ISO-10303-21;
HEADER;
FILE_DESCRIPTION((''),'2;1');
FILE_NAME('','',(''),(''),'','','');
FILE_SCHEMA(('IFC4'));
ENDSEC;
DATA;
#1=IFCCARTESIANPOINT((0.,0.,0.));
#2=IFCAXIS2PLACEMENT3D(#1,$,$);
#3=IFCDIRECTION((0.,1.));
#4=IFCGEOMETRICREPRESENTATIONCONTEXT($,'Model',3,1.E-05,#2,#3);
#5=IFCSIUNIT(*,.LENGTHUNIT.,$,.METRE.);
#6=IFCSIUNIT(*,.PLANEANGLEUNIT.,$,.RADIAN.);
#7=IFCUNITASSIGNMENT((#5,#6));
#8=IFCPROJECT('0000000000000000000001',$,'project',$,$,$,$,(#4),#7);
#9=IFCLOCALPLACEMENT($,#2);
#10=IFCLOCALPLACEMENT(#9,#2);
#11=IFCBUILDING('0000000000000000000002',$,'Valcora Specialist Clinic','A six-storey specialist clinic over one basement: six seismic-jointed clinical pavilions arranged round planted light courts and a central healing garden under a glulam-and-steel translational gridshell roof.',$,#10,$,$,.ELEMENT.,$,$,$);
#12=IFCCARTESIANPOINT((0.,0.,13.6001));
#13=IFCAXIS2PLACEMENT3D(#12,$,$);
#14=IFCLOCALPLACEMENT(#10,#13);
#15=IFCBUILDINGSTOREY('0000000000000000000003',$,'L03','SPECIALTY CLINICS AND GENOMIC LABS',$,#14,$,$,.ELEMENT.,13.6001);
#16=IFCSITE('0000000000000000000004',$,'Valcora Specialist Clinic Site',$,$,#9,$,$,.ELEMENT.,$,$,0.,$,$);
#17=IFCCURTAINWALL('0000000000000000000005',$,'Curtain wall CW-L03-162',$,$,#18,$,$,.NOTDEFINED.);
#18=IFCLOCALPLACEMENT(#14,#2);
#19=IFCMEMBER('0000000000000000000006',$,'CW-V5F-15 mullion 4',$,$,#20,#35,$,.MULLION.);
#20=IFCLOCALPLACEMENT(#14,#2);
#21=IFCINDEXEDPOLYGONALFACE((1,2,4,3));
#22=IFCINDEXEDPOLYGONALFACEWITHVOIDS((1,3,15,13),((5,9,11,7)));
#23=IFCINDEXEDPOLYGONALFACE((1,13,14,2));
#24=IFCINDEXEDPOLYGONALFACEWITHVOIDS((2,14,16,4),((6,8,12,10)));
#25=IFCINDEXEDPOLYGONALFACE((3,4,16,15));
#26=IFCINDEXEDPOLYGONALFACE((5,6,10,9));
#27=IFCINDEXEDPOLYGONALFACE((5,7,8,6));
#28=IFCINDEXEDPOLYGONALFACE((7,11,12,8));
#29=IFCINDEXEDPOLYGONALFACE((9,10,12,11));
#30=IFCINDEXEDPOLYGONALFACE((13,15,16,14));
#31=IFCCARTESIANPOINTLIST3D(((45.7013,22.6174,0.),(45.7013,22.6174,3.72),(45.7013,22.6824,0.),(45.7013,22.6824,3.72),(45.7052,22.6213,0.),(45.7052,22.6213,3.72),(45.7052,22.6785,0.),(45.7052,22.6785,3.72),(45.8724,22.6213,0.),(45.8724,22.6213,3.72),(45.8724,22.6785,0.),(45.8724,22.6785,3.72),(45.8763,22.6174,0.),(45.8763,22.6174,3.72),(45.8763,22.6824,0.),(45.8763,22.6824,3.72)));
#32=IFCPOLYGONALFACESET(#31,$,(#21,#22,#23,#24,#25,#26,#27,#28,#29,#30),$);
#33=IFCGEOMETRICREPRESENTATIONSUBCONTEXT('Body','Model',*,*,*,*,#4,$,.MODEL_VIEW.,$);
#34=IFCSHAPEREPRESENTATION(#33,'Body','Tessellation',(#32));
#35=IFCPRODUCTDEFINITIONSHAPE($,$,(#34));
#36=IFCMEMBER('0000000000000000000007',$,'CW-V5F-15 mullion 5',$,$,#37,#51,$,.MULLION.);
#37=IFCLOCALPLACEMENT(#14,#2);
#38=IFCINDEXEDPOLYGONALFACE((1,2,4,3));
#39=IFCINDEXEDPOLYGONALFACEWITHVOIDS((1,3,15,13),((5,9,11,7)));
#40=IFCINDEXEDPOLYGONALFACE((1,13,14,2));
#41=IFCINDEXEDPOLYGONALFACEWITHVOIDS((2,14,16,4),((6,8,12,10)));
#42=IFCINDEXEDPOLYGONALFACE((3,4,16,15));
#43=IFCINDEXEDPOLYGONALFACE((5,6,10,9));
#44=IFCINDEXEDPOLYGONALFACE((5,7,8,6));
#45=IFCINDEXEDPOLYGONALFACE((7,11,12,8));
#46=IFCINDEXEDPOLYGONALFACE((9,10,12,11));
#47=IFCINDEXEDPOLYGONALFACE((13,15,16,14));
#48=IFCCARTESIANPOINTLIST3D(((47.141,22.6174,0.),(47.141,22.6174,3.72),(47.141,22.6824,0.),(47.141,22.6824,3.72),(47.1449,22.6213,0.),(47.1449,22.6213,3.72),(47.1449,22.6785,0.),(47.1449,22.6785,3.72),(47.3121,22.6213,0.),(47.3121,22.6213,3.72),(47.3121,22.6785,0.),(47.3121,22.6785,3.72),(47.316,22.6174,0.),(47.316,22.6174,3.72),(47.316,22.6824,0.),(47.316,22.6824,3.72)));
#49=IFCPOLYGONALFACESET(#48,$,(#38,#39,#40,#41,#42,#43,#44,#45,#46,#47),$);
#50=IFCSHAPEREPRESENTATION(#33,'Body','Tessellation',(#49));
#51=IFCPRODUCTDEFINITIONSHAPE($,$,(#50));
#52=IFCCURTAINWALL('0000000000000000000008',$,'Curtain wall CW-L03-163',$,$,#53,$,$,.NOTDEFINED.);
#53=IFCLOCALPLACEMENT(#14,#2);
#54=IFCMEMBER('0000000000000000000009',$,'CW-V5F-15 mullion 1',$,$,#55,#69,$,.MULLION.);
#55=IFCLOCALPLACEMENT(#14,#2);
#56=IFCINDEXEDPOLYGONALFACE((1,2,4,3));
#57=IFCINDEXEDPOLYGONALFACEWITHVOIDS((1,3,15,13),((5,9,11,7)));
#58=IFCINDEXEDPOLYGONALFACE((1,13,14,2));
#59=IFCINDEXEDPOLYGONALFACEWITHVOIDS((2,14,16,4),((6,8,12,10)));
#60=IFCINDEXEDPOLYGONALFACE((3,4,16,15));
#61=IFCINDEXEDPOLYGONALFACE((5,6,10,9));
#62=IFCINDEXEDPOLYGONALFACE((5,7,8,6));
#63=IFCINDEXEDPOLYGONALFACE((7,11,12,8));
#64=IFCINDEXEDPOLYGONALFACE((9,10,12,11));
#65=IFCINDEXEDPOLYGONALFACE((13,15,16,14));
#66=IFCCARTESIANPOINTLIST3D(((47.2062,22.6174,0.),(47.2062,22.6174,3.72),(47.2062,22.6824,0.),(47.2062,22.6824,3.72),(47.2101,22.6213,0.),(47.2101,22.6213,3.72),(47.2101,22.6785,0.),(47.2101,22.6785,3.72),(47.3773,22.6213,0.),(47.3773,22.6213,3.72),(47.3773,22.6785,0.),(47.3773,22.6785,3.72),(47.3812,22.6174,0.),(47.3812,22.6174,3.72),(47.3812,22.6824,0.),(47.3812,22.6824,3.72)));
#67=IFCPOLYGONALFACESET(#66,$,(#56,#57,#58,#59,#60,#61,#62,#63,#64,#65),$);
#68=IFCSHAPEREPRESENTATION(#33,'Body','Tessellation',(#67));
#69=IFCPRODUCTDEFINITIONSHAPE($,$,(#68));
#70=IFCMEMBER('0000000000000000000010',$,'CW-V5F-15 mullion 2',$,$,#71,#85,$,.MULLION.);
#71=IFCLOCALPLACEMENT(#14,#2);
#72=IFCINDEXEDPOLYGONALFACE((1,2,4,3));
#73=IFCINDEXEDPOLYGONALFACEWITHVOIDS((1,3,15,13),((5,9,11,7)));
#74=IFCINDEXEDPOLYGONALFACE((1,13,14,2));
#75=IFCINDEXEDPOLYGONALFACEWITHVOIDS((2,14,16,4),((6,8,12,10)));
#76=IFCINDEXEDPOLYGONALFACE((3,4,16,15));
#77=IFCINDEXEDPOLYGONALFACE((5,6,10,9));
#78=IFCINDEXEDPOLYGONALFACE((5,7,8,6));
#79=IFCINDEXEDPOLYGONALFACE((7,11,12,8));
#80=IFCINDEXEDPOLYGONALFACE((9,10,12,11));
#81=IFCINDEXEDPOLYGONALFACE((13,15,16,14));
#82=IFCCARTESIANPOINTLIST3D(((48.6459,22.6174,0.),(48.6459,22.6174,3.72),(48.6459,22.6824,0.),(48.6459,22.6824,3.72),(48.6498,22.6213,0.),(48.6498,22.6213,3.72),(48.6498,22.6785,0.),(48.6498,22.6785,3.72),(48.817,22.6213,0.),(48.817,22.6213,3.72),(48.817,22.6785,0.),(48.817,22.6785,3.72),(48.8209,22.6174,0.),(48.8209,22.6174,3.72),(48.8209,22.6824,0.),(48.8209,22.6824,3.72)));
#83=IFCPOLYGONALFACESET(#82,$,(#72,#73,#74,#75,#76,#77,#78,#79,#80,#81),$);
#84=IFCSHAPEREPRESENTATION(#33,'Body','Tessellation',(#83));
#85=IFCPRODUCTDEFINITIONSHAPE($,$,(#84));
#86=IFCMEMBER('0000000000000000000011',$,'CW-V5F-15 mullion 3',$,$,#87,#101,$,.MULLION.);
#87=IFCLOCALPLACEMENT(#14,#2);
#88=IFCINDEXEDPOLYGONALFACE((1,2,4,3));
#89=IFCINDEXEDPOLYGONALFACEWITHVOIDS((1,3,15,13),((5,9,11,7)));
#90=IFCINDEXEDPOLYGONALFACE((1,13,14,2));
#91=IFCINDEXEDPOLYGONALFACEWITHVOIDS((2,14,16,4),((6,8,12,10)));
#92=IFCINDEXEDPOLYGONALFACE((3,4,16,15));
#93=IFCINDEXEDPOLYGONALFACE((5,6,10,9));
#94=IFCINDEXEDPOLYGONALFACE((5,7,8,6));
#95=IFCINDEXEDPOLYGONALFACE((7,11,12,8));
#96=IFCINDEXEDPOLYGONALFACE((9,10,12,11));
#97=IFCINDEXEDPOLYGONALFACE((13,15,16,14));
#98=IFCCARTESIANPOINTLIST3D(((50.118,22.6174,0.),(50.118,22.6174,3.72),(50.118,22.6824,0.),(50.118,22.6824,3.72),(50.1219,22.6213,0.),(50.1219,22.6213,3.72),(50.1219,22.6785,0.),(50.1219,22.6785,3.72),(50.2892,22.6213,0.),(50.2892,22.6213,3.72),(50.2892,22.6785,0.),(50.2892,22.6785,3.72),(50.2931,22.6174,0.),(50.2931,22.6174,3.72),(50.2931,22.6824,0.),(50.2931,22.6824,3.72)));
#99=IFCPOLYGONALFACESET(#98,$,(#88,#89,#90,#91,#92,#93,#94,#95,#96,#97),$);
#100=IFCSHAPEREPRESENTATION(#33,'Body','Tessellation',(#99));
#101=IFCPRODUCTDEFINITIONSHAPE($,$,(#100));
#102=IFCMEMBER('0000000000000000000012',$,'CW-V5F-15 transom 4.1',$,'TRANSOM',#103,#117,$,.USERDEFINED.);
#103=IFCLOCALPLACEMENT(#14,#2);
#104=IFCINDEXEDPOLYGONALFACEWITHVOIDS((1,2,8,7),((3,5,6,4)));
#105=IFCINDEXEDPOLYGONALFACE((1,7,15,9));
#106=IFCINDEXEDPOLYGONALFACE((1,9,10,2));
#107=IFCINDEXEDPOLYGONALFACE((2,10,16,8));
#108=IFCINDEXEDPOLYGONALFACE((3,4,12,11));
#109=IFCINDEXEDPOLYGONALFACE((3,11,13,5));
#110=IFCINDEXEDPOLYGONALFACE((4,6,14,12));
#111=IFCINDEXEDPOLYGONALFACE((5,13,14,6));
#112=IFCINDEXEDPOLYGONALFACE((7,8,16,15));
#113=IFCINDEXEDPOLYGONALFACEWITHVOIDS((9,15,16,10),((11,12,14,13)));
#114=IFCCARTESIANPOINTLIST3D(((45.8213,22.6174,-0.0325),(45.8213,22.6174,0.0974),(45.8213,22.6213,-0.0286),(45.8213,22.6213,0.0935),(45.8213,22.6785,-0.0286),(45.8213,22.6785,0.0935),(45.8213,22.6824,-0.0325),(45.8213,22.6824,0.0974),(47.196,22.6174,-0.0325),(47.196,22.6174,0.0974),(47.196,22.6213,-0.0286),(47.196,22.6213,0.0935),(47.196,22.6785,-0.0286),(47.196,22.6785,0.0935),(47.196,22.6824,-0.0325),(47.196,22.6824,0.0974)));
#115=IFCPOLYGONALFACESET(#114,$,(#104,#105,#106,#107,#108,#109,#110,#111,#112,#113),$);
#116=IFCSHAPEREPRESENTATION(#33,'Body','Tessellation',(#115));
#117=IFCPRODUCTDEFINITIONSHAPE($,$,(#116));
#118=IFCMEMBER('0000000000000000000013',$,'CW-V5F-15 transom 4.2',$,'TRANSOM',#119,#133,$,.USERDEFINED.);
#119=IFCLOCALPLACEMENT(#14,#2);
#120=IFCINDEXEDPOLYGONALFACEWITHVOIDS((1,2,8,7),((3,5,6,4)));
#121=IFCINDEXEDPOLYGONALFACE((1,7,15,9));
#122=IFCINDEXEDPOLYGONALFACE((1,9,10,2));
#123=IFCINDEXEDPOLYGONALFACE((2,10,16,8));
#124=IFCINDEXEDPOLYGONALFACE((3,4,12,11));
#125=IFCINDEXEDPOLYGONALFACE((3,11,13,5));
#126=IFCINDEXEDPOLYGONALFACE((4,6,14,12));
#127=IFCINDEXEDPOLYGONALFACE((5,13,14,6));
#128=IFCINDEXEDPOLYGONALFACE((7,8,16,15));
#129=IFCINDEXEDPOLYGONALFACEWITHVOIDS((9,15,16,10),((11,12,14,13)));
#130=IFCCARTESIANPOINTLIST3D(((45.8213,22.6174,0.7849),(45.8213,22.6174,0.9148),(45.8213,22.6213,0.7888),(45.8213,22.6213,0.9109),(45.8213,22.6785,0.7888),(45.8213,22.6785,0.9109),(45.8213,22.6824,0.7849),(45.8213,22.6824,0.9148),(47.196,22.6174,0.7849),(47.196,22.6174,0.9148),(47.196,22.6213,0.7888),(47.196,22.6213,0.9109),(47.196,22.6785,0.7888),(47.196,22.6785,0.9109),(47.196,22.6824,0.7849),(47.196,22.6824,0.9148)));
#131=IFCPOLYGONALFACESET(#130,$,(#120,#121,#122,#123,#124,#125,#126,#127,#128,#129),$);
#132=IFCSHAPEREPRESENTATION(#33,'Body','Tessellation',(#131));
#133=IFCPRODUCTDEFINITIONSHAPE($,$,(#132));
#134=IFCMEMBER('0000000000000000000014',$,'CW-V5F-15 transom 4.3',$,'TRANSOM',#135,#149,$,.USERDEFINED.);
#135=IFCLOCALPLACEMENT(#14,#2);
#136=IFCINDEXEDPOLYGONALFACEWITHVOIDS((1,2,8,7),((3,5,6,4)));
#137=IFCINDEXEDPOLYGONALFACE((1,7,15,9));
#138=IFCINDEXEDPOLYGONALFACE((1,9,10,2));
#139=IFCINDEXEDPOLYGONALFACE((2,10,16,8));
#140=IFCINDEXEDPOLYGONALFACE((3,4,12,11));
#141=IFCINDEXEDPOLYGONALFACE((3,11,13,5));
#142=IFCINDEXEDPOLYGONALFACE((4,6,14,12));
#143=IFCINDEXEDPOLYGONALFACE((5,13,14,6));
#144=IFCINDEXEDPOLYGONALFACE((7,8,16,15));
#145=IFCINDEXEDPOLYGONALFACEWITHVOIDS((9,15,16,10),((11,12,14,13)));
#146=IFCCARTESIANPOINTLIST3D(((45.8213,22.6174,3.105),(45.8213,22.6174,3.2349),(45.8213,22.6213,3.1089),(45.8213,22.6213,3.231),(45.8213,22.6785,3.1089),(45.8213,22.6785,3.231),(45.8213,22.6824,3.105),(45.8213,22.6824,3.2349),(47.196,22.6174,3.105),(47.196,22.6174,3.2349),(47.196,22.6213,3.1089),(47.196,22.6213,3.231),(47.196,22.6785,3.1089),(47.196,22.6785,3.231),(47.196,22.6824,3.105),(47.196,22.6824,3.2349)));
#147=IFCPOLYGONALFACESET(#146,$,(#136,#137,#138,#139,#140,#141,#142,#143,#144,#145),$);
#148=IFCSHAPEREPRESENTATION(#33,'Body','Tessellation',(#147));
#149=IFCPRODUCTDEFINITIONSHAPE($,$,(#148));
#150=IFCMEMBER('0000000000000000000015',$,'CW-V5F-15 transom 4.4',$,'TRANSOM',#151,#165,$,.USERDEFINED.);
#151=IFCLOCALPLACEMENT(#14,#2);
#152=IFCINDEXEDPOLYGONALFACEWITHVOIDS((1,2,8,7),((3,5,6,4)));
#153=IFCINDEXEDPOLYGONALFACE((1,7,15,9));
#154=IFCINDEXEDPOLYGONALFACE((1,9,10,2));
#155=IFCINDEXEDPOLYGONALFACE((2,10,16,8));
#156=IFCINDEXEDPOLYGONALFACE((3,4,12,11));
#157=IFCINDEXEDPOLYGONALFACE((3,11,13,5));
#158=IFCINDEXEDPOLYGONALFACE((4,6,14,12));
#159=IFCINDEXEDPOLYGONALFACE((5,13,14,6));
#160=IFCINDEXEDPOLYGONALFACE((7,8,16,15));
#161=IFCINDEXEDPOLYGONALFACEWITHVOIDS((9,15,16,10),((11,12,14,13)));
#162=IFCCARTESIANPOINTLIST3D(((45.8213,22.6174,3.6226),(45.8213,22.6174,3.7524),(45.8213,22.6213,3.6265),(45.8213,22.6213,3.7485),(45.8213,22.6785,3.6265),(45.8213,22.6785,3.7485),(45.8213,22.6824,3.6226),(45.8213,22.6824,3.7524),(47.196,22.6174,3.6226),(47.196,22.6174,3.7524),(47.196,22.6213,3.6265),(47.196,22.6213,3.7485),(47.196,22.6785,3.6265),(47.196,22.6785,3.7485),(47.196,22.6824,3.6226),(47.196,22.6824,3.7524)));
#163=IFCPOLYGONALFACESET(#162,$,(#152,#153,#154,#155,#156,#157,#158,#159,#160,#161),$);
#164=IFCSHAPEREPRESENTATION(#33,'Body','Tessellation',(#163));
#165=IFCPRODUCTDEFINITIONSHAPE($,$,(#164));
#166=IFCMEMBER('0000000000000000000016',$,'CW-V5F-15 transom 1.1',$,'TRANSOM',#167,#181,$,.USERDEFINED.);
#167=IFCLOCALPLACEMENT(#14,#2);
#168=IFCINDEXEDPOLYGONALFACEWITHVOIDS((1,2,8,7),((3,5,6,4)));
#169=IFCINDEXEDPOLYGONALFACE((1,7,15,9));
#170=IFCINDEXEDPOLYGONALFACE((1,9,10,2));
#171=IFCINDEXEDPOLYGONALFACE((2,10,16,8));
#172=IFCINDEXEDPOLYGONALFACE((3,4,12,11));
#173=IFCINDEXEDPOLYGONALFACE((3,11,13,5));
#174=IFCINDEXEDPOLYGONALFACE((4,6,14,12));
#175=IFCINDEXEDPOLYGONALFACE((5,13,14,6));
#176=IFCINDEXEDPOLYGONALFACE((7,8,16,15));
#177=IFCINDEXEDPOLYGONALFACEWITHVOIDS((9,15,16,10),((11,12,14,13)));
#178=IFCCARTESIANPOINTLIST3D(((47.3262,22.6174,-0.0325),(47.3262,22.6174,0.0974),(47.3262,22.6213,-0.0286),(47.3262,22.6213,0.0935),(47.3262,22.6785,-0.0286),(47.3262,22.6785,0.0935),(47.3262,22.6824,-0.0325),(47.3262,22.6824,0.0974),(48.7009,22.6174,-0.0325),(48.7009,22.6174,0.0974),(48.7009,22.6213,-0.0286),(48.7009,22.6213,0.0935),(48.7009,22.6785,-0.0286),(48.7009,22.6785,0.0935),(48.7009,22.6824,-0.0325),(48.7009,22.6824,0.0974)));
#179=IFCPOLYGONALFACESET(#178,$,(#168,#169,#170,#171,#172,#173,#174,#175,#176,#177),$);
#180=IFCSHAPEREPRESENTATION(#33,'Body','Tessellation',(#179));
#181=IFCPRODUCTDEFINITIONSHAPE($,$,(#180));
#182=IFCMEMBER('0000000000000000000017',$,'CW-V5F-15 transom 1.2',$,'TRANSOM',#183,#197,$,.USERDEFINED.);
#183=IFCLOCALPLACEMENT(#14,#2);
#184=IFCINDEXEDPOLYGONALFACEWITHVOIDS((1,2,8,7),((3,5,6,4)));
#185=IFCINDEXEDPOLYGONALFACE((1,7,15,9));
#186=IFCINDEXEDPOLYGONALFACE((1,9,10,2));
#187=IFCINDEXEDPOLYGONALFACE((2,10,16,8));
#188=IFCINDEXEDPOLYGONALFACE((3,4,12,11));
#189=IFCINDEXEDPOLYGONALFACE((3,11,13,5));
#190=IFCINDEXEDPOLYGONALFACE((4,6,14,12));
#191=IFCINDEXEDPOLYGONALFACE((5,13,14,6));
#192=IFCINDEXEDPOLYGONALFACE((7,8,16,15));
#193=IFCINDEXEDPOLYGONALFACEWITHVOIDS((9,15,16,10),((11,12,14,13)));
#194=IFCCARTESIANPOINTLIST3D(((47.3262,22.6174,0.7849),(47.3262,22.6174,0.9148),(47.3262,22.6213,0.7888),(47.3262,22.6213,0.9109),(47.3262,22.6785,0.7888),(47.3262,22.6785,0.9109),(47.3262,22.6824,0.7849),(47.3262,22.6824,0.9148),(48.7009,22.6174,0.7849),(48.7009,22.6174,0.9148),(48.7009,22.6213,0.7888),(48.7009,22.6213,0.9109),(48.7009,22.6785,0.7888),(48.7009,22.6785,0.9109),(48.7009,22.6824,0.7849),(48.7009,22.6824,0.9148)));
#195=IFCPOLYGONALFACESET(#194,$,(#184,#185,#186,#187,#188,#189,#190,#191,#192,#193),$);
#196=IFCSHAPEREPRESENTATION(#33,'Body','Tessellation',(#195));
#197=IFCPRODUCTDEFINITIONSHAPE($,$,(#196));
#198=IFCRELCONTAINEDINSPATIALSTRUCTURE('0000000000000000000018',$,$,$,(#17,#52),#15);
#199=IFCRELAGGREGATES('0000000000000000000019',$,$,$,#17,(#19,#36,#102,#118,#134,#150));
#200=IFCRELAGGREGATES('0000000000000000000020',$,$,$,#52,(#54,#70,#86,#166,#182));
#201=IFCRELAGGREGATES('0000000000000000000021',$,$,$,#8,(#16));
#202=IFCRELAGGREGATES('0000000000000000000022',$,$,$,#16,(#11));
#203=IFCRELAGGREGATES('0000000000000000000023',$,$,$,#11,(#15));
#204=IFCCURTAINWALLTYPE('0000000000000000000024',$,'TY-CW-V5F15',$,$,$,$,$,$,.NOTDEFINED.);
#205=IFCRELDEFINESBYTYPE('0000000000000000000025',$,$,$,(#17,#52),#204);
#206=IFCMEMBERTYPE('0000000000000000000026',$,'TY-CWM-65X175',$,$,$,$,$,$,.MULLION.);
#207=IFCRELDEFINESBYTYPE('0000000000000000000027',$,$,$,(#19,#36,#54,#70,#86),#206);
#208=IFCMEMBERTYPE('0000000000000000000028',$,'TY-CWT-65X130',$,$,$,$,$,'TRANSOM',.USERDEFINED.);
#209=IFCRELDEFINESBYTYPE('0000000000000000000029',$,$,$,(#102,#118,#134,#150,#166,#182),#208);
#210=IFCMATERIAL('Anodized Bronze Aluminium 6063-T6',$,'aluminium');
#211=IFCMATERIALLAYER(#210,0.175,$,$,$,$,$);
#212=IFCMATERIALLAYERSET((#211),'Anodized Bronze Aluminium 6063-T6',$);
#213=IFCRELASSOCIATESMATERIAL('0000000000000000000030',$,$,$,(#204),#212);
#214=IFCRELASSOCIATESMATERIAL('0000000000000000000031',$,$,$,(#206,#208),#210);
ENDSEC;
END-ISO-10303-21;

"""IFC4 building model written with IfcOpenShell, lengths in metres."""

from ifc_helpers import new_model, si_unit, direction, frame, origin, origin_2d, place, context, subcontext, project, spatial, hollow_rectangle, extrude, material, layer, layer_set, material_profile, profile_set, type_object, element, aggregate, save


model = new_model("IFC4")

# Units and contexts
model_context = context("Model", 3, precision=1e-05, world=origin(), true_north=direction((0.0, 1.0)))
body_context = subcontext(model_context, "Body", "Model", "MODEL_VIEW")
ifc_project = project(units=[si_unit("LENGTHUNIT", "METRE"), si_unit("PLANEANGLEUNIT", "RADIAN")], contexts=[model_context])

# Site, building, storey
site_placement = place(None, origin())
site = spatial("IfcSite", under=ifc_project, at=site_placement, Name="Valcora Specialist Clinic Site", CompositionType="ELEMENT", RefElevation=0.0)
building_placement = place(site_placement, origin())
building = spatial("IfcBuilding", under=site, at=building_placement, Name="Valcora Specialist Clinic", Description="A six-storey specialist clinic over one basement: six seismic-jointed clinical pavilions arranged round planted light courts and a central healing garden under a glulam-and-steel translational gridshell roof.", CompositionType="ELEMENT")
storey_placement = place(building_placement, frame((0.0, 0.0, 13.6001)))
storey = spatial("IfcBuildingStorey", under=building, at=storey_placement, Name="L03", Description="SPECIALTY CLINICS AND GENOMIC LABS", CompositionType="ELEMENT", Elevation=13.6001)

# Curtain walls, members
ifc_material_1 = material(Name="Anodized Bronze Aluminium 6063-T6", Category="aluminium")
ifc_layer_1 = layer(ifc_material_1, 0.175)
ifc_layer_set_1 = layer_set([ifc_layer_1], Name="Anodized Bronze Aluminium 6063-T6")
curtain_wall_type = type_object("IfcCurtainWallType", Name="TY-CW-V5F15", PredefinedType="NOTDEFINED", material=ifc_layer_set_1)
curtain_wall_1_placement = place(storey_placement, origin())
curtain_wall_1 = element("IfcCurtainWall", 1, at=curtain_wall_1_placement, inside=storey, type_object=curtain_wall_type, Name="Curtain wall CW-L03-162", PredefinedType="NOTDEFINED")
ifc_material_profile_1 = material_profile(ifc_material_1, hollow_rectangle(XDim=0.0649, YDim=0.175, WallThickness=0.0039, at=origin_2d()), Name="AL-MUL-65X175")
ifc_profile_set_1 = profile_set([ifc_material_profile_1], Name="Anodized Bronze Aluminium 6063-T6")
member_type_1 = type_object("IfcMemberType", Name="TY-CWM-65X175", PredefinedType="MULLION", material=ifc_profile_set_1)
member_1_placement = place(storey_placement, frame((45.7888, 22.6499, 0.0), z_axis=(0.0, 0.0, 1.0), x_axis=(0.0, 1.0, 0.0)))
member_1 = element("IfcMember", 2, at=member_1_placement, type_object=member_type_1, Name="CW-V5F-15 mullion 4", PredefinedType="MULLION", context=body_context, shape_type="SweptSolid", body=[
    extrude(hollow_rectangle(XDim=0.0649, YDim=0.175, WallThickness=0.0039, at=origin_2d()), origin(), (0.0, 0.0, 1.0), 3.72),
])
member_2_placement = place(storey_placement, frame((47.2285, 22.6499, 0.0), z_axis=(0.0, 0.0, 1.0), x_axis=(0.0, 1.0, 0.0)))
member_2 = element("IfcMember", 3, at=member_2_placement, type_object=member_type_1, Name="CW-V5F-15 mullion 5", PredefinedType="MULLION", context=body_context, shape_type="SweptSolid", body=[
    extrude(hollow_rectangle(XDim=0.0649, YDim=0.175, WallThickness=0.0039, at=origin_2d()), origin(), (0.0, 0.0, 1.0), 3.72),
])
curtain_wall_2_placement = place(storey_placement, origin())
curtain_wall_2 = element("IfcCurtainWall", 4, at=curtain_wall_2_placement, inside=storey, type_object=curtain_wall_type, Name="Curtain wall CW-L03-163", PredefinedType="NOTDEFINED")
member_3_placement = place(storey_placement, frame((47.2937, 22.6499, 0.0), z_axis=(0.0, 0.0, 1.0), x_axis=(0.0, 1.0, 0.0)))
member_3 = element("IfcMember", 5, at=member_3_placement, type_object=member_type_1, Name="CW-V5F-15 mullion 1", PredefinedType="MULLION", context=body_context, shape_type="SweptSolid", body=[
    extrude(hollow_rectangle(XDim=0.0649, YDim=0.175, WallThickness=0.0039, at=origin_2d()), origin(), (0.0, 0.0, 1.0), 3.72),
])
member_4_placement = place(storey_placement, frame((48.7334, 22.6499, 0.0), z_axis=(0.0, 0.0, 1.0), x_axis=(0.0, 1.0, 0.0)))
member_4 = element("IfcMember", 6, at=member_4_placement, type_object=member_type_1, Name="CW-V5F-15 mullion 2", PredefinedType="MULLION", context=body_context, shape_type="SweptSolid", body=[
    extrude(hollow_rectangle(XDim=0.0649, YDim=0.175, WallThickness=0.0039, at=origin_2d()), origin(), (0.0, 0.0, 1.0), 3.72),
])
member_5_placement = place(storey_placement, frame((50.2056, 22.6499, 0.0), z_axis=(0.0, 0.0, 1.0), x_axis=(0.0, 1.0, 0.0)))
member_5 = element("IfcMember", 7, at=member_5_placement, type_object=member_type_1, Name="CW-V5F-15 mullion 3", PredefinedType="MULLION", context=body_context, shape_type="SweptSolid", body=[
    extrude(hollow_rectangle(XDim=0.0649, YDim=0.175, WallThickness=0.0039, at=origin_2d()), origin(), (0.0, 0.0, 1.0), 3.72),
])

# Members
ifc_material_profile_2 = material_profile(ifc_material_1, hollow_rectangle(XDim=0.0649, YDim=0.1299, WallThickness=0.0039, at=origin_2d()), Name="AL-TRN-65X130")
ifc_profile_set_2 = profile_set([ifc_material_profile_2], Name="Anodized Bronze Aluminium 6063-T6")
member_type_2 = type_object("IfcMemberType", Name="TY-CWT-65X130", ElementType="TRANSOM", PredefinedType="USERDEFINED", material=ifc_profile_set_2)
member_6_placement = place(storey_placement, frame((45.8213, 22.6499, 0.0325), z_axis=(1.0, 0.0, 0.0), x_axis=(0.0, 1.0, 0.0)))
member_6 = element("IfcMember", 8, at=member_6_placement, type_object=member_type_2, Name="CW-V5F-15 transom 4.1", ObjectType="TRANSOM", PredefinedType="USERDEFINED", context=body_context, shape_type="SweptSolid", body=[
    extrude(hollow_rectangle(XDim=0.0649, YDim=0.1299, WallThickness=0.0039, at=origin_2d()), origin(), (0.0, 0.0, 1.0), 1.3748),
])
member_7_placement = place(storey_placement, frame((45.8213, 22.6499, 0.8499), z_axis=(1.0, 0.0, 0.0), x_axis=(0.0, 1.0, 0.0)))
member_7 = element("IfcMember", 9, at=member_7_placement, type_object=member_type_2, Name="CW-V5F-15 transom 4.2", ObjectType="TRANSOM", PredefinedType="USERDEFINED", context=body_context, shape_type="SweptSolid", body=[
    extrude(hollow_rectangle(XDim=0.0649, YDim=0.1299, WallThickness=0.0039, at=origin_2d()), origin(), (0.0, 0.0, 1.0), 1.3748),
])
member_8_placement = place(storey_placement, frame((45.8213, 22.6499, 3.1699), z_axis=(1.0, 0.0, 0.0), x_axis=(0.0, 1.0, 0.0)))
member_8 = element("IfcMember", 10, at=member_8_placement, type_object=member_type_2, Name="CW-V5F-15 transom 4.3", ObjectType="TRANSOM", PredefinedType="USERDEFINED", context=body_context, shape_type="SweptSolid", body=[
    extrude(hollow_rectangle(XDim=0.0649, YDim=0.1299, WallThickness=0.0039, at=origin_2d()), origin(), (0.0, 0.0, 1.0), 1.3748),
])
member_9_placement = place(storey_placement, frame((45.8213, 22.6499, 3.6875), z_axis=(1.0, 0.0, 0.0), x_axis=(0.0, 1.0, 0.0)))
member_9 = element("IfcMember", 11, at=member_9_placement, type_object=member_type_2, Name="CW-V5F-15 transom 4.4", ObjectType="TRANSOM", PredefinedType="USERDEFINED", context=body_context, shape_type="SweptSolid", body=[
    extrude(hollow_rectangle(XDim=0.0649, YDim=0.1299, WallThickness=0.0039, at=origin_2d()), origin(), (0.0, 0.0, 1.0), 1.3748),
])
member_10_placement = place(storey_placement, frame((47.3262, 22.6499, 0.0325), z_axis=(1.0, 0.0, 0.0), x_axis=(0.0, 1.0, 0.0)))
member_10 = element("IfcMember", 12, at=member_10_placement, type_object=member_type_2, Name="CW-V5F-15 transom 1.1", ObjectType="TRANSOM", PredefinedType="USERDEFINED", context=body_context, shape_type="SweptSolid", body=[
    extrude(hollow_rectangle(XDim=0.0649, YDim=0.1299, WallThickness=0.0039, at=origin_2d()), origin(), (0.0, 0.0, 1.0), 1.3748),
])
member_11_placement = place(storey_placement, frame((47.3262, 22.6499, 0.8499), z_axis=(1.0, 0.0, 0.0), x_axis=(0.0, 1.0, 0.0)))
member_11 = element("IfcMember", 13, at=member_11_placement, type_object=member_type_2, Name="CW-V5F-15 transom 1.2", ObjectType="TRANSOM", PredefinedType="USERDEFINED", context=body_context, shape_type="SweptSolid", body=[
    extrude(hollow_rectangle(XDim=0.0649, YDim=0.1299, WallThickness=0.0039, at=origin_2d()), origin(), (0.0, 0.0, 1.0), 1.3748),
])

aggregate(curtain_wall_1, [member_1, member_2, member_6, member_7, member_8, member_9])
aggregate(curtain_wall_2, [member_3, member_4, member_5, member_10, member_11])

save(model, "model.ifc")
